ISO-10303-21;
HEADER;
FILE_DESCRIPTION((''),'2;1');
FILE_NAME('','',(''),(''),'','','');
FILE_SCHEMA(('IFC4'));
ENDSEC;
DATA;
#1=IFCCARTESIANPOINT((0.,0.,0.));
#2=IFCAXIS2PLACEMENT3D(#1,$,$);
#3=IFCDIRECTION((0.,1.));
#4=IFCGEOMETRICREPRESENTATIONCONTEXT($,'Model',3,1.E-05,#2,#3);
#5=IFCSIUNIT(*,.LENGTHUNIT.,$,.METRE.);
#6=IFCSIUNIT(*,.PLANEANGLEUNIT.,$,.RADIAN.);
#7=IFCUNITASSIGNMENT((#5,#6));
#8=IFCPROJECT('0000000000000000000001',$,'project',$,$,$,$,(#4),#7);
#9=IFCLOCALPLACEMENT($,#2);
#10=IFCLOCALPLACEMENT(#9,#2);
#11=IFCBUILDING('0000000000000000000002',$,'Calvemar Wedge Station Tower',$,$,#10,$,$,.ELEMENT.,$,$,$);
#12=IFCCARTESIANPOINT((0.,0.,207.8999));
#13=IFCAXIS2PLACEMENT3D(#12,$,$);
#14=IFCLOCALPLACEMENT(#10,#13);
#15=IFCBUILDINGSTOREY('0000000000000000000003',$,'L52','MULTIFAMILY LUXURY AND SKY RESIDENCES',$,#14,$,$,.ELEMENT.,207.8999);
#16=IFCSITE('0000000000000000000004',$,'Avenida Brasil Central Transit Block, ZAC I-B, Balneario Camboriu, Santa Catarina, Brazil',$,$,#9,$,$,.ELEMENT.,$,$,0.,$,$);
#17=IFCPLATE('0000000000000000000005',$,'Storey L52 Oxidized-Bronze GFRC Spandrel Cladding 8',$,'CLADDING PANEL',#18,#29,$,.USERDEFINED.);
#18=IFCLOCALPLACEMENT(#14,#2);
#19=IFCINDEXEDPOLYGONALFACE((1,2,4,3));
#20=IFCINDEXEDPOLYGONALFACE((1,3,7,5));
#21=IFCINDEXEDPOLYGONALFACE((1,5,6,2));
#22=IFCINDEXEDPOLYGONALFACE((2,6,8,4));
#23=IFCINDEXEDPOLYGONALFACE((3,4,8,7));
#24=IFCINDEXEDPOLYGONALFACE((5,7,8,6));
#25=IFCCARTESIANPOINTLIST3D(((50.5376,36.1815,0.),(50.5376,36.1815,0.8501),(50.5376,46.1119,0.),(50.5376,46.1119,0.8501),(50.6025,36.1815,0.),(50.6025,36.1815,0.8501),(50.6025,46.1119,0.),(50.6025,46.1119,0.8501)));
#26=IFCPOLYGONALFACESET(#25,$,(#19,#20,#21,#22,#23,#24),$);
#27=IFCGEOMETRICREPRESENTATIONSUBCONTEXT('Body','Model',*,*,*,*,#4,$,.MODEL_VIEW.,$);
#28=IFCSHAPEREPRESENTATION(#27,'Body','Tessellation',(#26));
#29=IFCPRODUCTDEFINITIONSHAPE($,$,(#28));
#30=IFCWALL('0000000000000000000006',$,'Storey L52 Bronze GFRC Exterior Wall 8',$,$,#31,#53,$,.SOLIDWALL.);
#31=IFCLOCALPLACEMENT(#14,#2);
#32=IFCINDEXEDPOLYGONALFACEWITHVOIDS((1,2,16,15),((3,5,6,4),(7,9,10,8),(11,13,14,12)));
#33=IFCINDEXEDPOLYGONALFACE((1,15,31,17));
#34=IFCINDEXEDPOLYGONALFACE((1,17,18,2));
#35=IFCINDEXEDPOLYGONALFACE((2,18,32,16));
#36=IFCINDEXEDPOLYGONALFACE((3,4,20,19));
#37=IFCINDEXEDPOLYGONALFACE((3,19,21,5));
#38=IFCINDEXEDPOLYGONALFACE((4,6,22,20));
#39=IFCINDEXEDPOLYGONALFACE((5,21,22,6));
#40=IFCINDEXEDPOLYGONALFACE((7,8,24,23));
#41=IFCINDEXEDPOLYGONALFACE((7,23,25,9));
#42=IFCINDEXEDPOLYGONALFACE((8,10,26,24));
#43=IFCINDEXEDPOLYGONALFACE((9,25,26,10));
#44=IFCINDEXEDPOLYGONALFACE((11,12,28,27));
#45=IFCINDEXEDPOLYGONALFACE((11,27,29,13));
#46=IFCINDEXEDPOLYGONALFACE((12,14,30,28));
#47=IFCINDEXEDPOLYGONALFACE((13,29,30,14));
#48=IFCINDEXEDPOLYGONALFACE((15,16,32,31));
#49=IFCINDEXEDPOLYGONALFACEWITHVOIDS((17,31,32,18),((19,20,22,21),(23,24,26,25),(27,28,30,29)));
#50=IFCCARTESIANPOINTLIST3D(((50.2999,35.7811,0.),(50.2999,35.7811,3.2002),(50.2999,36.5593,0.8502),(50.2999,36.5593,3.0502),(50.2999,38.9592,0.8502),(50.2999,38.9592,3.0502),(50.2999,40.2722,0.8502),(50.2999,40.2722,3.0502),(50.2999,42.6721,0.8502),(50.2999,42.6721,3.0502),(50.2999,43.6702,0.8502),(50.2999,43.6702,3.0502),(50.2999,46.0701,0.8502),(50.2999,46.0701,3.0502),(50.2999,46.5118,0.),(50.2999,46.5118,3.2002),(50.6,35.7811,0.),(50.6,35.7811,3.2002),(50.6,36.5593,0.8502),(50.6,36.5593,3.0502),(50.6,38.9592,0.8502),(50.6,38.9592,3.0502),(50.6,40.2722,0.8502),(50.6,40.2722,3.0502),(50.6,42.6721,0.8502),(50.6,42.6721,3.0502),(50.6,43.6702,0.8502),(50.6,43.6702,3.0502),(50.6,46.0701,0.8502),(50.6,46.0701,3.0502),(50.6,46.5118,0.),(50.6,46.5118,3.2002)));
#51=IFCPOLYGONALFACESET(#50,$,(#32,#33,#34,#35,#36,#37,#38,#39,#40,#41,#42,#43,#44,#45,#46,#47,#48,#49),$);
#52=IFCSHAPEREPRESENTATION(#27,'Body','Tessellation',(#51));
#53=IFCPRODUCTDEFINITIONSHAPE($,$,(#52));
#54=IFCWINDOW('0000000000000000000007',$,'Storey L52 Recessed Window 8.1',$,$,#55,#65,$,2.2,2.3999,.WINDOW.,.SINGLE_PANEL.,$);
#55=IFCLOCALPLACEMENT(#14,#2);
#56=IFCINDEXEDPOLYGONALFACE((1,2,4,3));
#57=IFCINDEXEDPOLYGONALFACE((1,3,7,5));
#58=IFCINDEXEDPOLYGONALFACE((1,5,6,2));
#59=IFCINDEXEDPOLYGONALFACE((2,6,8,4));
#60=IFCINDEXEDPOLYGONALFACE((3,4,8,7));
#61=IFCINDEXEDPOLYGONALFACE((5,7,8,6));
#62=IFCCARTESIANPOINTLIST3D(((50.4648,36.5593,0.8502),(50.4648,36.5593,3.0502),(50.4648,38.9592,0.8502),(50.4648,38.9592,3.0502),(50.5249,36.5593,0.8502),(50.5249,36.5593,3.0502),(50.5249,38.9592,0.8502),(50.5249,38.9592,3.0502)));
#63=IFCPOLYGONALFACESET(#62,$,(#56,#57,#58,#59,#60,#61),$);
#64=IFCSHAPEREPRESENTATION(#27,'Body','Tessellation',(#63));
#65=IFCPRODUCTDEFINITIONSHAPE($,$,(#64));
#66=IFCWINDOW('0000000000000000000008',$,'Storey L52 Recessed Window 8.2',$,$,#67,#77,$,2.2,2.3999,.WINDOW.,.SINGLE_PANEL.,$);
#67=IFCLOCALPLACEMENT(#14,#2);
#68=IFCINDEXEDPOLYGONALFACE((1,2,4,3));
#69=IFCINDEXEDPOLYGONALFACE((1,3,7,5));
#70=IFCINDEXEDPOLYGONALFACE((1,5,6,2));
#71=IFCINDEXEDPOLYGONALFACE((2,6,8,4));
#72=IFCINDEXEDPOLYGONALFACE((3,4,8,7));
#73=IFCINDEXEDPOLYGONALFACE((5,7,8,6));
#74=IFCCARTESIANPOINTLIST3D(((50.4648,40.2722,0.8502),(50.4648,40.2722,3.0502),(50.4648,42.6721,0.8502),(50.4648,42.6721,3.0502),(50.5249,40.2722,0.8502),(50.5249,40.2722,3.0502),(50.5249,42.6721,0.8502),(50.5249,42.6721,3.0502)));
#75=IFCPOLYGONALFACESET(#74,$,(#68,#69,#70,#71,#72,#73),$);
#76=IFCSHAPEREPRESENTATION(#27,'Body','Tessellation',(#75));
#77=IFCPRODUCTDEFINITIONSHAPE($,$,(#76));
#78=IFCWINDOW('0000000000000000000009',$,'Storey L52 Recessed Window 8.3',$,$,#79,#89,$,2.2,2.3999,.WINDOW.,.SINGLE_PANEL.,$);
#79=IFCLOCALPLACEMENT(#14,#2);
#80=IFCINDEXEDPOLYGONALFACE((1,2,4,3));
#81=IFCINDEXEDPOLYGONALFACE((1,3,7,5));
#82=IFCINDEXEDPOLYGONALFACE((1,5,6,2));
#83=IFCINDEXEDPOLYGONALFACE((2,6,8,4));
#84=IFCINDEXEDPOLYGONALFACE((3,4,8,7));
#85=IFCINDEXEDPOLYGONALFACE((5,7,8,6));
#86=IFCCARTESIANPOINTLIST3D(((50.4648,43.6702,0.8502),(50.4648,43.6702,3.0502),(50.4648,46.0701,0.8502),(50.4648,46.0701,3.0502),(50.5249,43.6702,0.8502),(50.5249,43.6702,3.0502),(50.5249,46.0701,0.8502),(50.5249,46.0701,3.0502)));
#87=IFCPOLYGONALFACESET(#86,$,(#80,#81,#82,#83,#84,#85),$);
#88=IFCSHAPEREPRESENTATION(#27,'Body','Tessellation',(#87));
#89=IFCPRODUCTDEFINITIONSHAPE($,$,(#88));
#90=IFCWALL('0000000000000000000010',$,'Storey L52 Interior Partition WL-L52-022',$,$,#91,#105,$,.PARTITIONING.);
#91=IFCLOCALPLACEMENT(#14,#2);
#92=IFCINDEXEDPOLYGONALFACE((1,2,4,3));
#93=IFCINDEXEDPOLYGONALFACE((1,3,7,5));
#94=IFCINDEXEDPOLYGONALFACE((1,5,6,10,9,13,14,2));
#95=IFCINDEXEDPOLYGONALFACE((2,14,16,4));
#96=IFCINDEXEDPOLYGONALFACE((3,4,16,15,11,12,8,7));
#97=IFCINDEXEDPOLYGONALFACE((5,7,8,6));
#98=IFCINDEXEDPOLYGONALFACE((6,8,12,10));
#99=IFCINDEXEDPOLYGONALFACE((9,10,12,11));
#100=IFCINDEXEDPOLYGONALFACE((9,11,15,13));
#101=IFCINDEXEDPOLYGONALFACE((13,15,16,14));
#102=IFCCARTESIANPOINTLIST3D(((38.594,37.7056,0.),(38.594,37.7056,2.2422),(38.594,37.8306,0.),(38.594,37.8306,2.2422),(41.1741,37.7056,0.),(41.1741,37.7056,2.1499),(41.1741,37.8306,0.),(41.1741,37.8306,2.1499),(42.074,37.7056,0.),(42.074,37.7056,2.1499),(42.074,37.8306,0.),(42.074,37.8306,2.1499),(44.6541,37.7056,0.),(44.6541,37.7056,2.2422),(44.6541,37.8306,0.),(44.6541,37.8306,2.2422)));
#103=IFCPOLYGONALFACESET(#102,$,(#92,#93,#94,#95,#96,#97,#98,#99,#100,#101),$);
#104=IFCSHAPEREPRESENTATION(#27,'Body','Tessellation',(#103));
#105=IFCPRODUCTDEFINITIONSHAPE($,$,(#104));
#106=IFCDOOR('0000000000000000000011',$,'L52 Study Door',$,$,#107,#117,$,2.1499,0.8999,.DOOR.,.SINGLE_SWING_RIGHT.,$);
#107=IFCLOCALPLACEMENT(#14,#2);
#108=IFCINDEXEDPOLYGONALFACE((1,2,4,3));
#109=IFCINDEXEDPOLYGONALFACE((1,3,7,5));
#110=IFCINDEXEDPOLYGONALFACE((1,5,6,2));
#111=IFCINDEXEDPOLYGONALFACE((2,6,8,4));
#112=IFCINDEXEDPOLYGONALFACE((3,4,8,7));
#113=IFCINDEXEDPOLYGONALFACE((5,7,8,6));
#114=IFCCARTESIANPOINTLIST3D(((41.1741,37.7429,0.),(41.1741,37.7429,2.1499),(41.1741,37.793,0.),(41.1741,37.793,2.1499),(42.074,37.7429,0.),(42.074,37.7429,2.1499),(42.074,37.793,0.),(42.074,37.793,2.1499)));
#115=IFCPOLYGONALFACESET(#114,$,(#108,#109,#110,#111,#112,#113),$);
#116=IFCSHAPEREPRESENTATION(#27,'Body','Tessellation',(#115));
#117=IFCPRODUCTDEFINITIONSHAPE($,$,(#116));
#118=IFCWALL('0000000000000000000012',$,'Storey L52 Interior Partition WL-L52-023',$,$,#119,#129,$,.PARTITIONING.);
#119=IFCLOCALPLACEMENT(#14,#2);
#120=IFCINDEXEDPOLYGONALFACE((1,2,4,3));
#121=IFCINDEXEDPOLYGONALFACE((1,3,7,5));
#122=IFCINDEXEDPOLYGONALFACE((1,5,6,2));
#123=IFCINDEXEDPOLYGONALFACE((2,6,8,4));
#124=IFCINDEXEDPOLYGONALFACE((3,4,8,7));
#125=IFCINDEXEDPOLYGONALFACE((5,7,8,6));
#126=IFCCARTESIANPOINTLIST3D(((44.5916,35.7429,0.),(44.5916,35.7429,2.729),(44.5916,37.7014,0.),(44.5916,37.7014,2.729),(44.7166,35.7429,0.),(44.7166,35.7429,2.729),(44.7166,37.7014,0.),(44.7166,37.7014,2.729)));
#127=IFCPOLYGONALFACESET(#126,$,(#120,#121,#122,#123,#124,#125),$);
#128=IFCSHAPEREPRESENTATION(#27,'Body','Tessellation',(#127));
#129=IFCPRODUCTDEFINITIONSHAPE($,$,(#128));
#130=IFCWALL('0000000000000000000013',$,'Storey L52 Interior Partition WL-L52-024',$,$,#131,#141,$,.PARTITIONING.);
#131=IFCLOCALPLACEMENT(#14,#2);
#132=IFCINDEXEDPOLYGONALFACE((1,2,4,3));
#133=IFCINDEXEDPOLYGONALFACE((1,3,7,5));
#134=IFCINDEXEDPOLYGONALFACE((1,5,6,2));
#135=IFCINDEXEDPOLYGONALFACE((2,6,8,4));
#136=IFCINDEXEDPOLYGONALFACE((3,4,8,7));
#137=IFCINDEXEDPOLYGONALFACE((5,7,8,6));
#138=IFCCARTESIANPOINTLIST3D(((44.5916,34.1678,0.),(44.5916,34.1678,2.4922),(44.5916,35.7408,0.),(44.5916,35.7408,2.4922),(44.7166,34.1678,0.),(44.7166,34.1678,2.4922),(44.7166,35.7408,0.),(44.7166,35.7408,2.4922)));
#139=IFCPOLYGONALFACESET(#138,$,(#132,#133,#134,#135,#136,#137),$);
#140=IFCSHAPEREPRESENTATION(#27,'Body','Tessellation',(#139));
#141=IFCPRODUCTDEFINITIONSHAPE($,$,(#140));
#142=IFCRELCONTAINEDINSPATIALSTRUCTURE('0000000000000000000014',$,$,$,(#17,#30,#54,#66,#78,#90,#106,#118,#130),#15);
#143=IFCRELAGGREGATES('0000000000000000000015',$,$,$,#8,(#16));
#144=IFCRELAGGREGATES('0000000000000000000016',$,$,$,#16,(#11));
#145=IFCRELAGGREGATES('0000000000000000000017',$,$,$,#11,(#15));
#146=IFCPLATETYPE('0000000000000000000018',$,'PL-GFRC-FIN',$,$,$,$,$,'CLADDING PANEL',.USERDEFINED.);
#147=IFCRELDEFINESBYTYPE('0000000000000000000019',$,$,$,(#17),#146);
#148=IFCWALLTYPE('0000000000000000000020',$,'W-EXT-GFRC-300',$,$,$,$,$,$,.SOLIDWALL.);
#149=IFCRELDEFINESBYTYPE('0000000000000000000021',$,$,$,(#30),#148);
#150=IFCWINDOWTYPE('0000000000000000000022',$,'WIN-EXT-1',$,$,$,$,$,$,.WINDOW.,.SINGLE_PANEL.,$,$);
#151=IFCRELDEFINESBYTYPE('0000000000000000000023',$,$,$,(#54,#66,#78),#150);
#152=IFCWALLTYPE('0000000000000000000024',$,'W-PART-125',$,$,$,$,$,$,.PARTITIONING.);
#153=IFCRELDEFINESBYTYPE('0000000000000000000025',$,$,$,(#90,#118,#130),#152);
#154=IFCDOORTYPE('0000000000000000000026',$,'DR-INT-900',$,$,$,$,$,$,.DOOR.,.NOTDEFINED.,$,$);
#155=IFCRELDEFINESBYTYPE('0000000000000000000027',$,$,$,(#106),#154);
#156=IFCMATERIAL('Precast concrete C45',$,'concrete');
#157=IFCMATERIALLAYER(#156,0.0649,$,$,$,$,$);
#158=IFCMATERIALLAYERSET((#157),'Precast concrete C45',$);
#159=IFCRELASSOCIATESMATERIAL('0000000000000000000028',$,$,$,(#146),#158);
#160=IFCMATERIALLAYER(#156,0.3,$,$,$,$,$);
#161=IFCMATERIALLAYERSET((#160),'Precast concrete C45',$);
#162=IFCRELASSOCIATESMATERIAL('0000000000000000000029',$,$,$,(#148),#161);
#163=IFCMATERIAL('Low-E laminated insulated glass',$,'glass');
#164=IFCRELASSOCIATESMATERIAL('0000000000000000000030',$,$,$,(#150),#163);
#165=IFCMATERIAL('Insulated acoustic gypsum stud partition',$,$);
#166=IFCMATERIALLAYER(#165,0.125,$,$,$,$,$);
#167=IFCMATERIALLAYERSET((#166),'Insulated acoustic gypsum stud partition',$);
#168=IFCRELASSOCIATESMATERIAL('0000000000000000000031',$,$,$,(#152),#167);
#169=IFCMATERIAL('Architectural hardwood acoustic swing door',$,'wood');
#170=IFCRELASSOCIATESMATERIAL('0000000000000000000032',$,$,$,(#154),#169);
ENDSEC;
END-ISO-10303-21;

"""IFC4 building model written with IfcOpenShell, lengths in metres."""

from ifc_helpers import new_model, si_unit, direction, frame, frame_2d, origin, place, context, subcontext, project, spatial, rectangle, extrude, source, transform, mapped, material, layer, layer_set, type_object, element, fill, save


model = new_model("IFC4")

# Units and contexts
model_context = context("Model", 3, precision=1e-05, world=origin(), true_north=direction((0.0, 1.0)))
body_context = subcontext(model_context, "Body", "Model", "MODEL_VIEW")
ifc_project = project(units=[si_unit("LENGTHUNIT", "METRE"), si_unit("PLANEANGLEUNIT", "RADIAN")], contexts=[model_context])

# Site, building, storey
site_placement = place(None, origin())
site = spatial("IfcSite", under=ifc_project, at=site_placement, Name="Avenida Brasil Central Transit Block, ZAC I-B, Balneario Camboriu, Santa Catarina, Brazil", CompositionType="ELEMENT", RefElevation=0.0)
building_placement = place(site_placement, origin())
building = spatial("IfcBuilding", under=site, at=building_placement, Name="Calvemar Wedge Station Tower", CompositionType="ELEMENT")
storey_placement = place(building_placement, frame((0.0, 0.0, 207.8999)))
storey = spatial("IfcBuildingStorey", under=building, at=storey_placement, Name="L52", Description="MULTIFAMILY LUXURY AND SKY RESIDENCES", CompositionType="ELEMENT", Elevation=207.8999)

# Plate
ifc_material_1 = material(Name="Precast concrete C45", Category="concrete")
ifc_layer_1 = layer(ifc_material_1, 0.0649)
ifc_layer_set_1 = layer_set([ifc_layer_1], Name="Precast concrete C45")
plate_type = type_object("IfcPlateType", Name="PL-GFRC-FIN", ElementType="CLADDING PANEL", PredefinedType="USERDEFINED", material=ifc_layer_set_1)
plate_placement = place(storey_placement, frame((50.5701, 36.1814, 0.0), z_axis=(0.0, 0.0, 1.0), x_axis=(0.0, 1.0, 0.0)))
element("IfcPlate", 1, at=plate_placement, inside=storey, type_object=plate_type, Name="Storey L52 Oxidized-Bronze GFRC Spandrel Cladding 8", ObjectType="CLADDING PANEL", PredefinedType="USERDEFINED", context=body_context, shape_type="SweptSolid", body=[
    extrude(rectangle(XDim=9.9304, YDim=0.0649, at=frame_2d((4.9653, 0.0))), origin(), (0.0, 0.0, 1.0), 0.8501),
])

# Wall, openings, windows
ifc_layer_2 = layer(ifc_material_1, 0.3)
ifc_layer_set_2 = layer_set([ifc_layer_2], Name="Precast concrete C45")
wall_type_1 = type_object("IfcWallType", Name="W-EXT-GFRC-300", PredefinedType="SOLIDWALL", material=ifc_layer_set_2)
wall_1_placement = place(storey_placement, frame((50.45, 35.7812, 0.0), z_axis=(0.0, 0.0, 1.0), x_axis=(0.0, 1.0, 0.0)))
wall_1 = element("IfcWall", 2, at=wall_1_placement, inside=storey, type_object=wall_type_1, Name="Storey L52 Bronze GFRC Exterior Wall 8", PredefinedType="SOLIDWALL", context=body_context, shape_type="SweptSolid", body=[
    extrude(rectangle(XDim=10.7307, YDim=0.3, at=frame_2d((5.3652, 0.0))), origin(), (0.0, 0.0, 1.0), 3.2002),
])
shared_shape_1 = source(origin(), body_context, "Body", "SweptSolid", [
    extrude(rectangle(XDim=2.3999, YDim=2.2, at=frame_2d((1.2, 1.1001))), frame((0.0, 0.1602, 0.0), z_axis=(0.0, -1.0, 0.0), x_axis=(1.0, 0.0, 0.0)), (0.0, 0.0, 1.0), 0.3201),
])
opening_1_placement = place(wall_1_placement, frame((0.7781, 0.0, 0.8501)))
opening_1 = element("IfcOpeningElement", 3, at=opening_1_placement, cuts=wall_1, PredefinedType="OPENING", context=body_context, shape_type="MappedRepresentation", body=[
    mapped(shared_shape_1, transform((0.0, 0.0, 0.0), scale=1.0)),
])
opening_2_placement = place(wall_1_placement, frame((4.491, 0.0, 0.8501)))
opening_2 = element("IfcOpeningElement", 4, at=opening_2_placement, cuts=wall_1, PredefinedType="OPENING", context=body_context, shape_type="MappedRepresentation", body=[
    mapped(shared_shape_1, transform((0.0, 0.0, 0.0), scale=1.0)),
])
opening_3_placement = place(wall_1_placement, frame((7.8889, 0.0, 0.8501)))
opening_3 = element("IfcOpeningElement", 5, at=opening_3_placement, cuts=wall_1, PredefinedType="OPENING", context=body_context, shape_type="MappedRepresentation", body=[
    mapped(shared_shape_1, transform((0.0, 0.0, 0.0), scale=1.0)),
])
ifc_material_2 = material(Name="Low-E laminated insulated glass", Category="glass")
window_type = type_object("IfcWindowType", Name="WIN-EXT-1", PartitioningType="SINGLE_PANEL", PredefinedType="WINDOW", material=ifc_material_2)
shared_shape_2 = source(origin(), body_context, "Body", "SweptSolid", [
    extrude(rectangle(XDim=2.3999, YDim=2.2, at=frame_2d((1.2, 1.1001))), frame((0.0, -0.0149, 0.0), z_axis=(0.0, -1.0, 0.0), x_axis=(1.0, 0.0, 0.0)), (0.0, 0.0, 1.0), 0.0601),
])
window_1_placement = place(opening_1_placement, origin())
window_1 = element("IfcWindow", 6, at=window_1_placement, inside=storey, type_object=window_type, Name="Storey L52 Recessed Window 8.1", OverallHeight=2.2, OverallWidth=2.3999, PartitioningType="SINGLE_PANEL", PredefinedType="WINDOW", context=body_context, shape_type="MappedRepresentation", body=[
    mapped(shared_shape_2, transform((0.0, 0.0, 0.0), scale=1.0)),
])
fill(opening_1, window_1)
window_2_placement = place(opening_2_placement, origin())
window_2 = element("IfcWindow", 7, at=window_2_placement, inside=storey, type_object=window_type, Name="Storey L52 Recessed Window 8.2", OverallHeight=2.2, OverallWidth=2.3999, PartitioningType="SINGLE_PANEL", PredefinedType="WINDOW", context=body_context, shape_type="MappedRepresentation", body=[
    mapped(shared_shape_2, transform((0.0, 0.0, 0.0), scale=1.0)),
])
fill(opening_2, window_2)
window_3_placement = place(opening_3_placement, origin())
window_3 = element("IfcWindow", 8, at=window_3_placement, inside=storey, type_object=window_type, Name="Storey L52 Recessed Window 8.3", OverallHeight=2.2, OverallWidth=2.3999, PartitioningType="SINGLE_PANEL", PredefinedType="WINDOW", context=body_context, shape_type="MappedRepresentation", body=[
    mapped(shared_shape_2, transform((0.0, 0.0, 0.0), scale=1.0)),
])
fill(opening_3, window_3)

# Wall, opening, door
ifc_material_3 = material(Name="Insulated acoustic gypsum stud partition")
ifc_layer_3 = layer(ifc_material_3, 0.125)
ifc_layer_set_3 = layer_set([ifc_layer_3], Name="Insulated acoustic gypsum stud partition")
wall_type_2 = type_object("IfcWallType", Name="W-PART-125", PredefinedType="PARTITIONING", material=ifc_layer_set_3)
wall_2_placement = place(storey_placement, frame((38.594, 37.7681, 0.0), z_axis=(0.0, 0.0, 1.0), x_axis=(1.0, 0.0, 0.0)))
wall_2 = element("IfcWall", 9, at=wall_2_placement, inside=storey, type_object=wall_type_2, Name="Storey L52 Interior Partition WL-L52-022", PredefinedType="PARTITIONING", context=body_context, shape_type="SweptSolid", body=[
    extrude(rectangle(XDim=6.0601, YDim=0.125, at=frame_2d((3.03, 0.0))), origin(), (0.0, 0.0, 1.0), 2.2422),
])
shared_shape_3 = source(origin(), body_context, "Body", "SweptSolid", [
    extrude(rectangle(XDim=0.8999, YDim=2.1499, at=frame_2d((0.45, 1.075))), frame((0.0, 0.0725, 0.0), z_axis=(0.0, -1.0, 0.0), x_axis=(1.0, 0.0, 0.0)), (0.0, 0.0, 1.0), 0.145),
])
opening_4_placement = place(wall_2_placement, frame((2.5801, 0.0, 0.0)))
opening_4 = element("IfcOpeningElement", 10, at=opening_4_placement, cuts=wall_2, PredefinedType="OPENING", context=body_context, shape_type="MappedRepresentation", body=[
    mapped(shared_shape_3, transform((0.0, 0.0, 0.0), scale=1.0)),
])
ifc_material_4 = material(Name="Architectural hardwood acoustic swing door", Category="wood")
door_type_1 = type_object("IfcDoorType", Name="DR-INT-900", OperationType="NOTDEFINED", PredefinedType="DOOR", material=ifc_material_4)
shared_shape_4 = source(origin(), body_context, "Body", "SweptSolid", [
    extrude(rectangle(XDim=0.8999, YDim=2.1499, at=frame_2d((0.45, 1.075))), frame((0.0, 0.0249, 0.0), z_axis=(0.0, -1.0, 0.0), x_axis=(1.0, 0.0, 0.0)), (0.0, 0.0, 1.0), 0.05),
])
door_1_placement = place(opening_4_placement, origin())
door_1 = element("IfcDoor", 11, at=door_1_placement, inside=storey, type_object=door_type_1, Name="L52 Study Door", OperationType="SINGLE_SWING_RIGHT", OverallHeight=2.1499, OverallWidth=0.8999, PredefinedType="DOOR", context=body_context, shape_type="MappedRepresentation", body=[
    mapped(shared_shape_4, transform((0.0, 0.0, 0.0), scale=1.0)),
])
fill(opening_4, door_1)

# Walls
wall_3_placement = place(storey_placement, frame((44.6541, 37.7014, 0.0), z_axis=(0.0, 0.0, 1.0), x_axis=(0.0, -1.0, 0.0)))
element("IfcWall", 12, at=wall_3_placement, inside=storey, type_object=wall_type_2, Name="Storey L52 Interior Partition WL-L52-023", PredefinedType="PARTITIONING", context=body_context, shape_type="SweptSolid", body=[
    extrude(rectangle(XDim=1.9585, YDim=0.125, at=frame_2d((0.9792, 0.0))), origin(), (0.0, 0.0, 1.0), 2.729),
])
wall_4_placement = place(storey_placement, frame((44.6541, 35.741, 0.0), z_axis=(0.0, 0.0, 1.0), x_axis=(0.0, -1.0, 0.0)))
element("IfcWall", 13, at=wall_4_placement, inside=storey, type_object=wall_type_2, Name="Storey L52 Interior Partition WL-L52-024", PredefinedType="PARTITIONING", context=body_context, shape_type="SweptSolid", body=[
    extrude(rectangle(XDim=1.573, YDim=0.125, at=frame_2d((0.7866, 0.0))), origin(), (0.0, 0.0, 1.0), 2.4922),
])

save(model, "model.ifc")
